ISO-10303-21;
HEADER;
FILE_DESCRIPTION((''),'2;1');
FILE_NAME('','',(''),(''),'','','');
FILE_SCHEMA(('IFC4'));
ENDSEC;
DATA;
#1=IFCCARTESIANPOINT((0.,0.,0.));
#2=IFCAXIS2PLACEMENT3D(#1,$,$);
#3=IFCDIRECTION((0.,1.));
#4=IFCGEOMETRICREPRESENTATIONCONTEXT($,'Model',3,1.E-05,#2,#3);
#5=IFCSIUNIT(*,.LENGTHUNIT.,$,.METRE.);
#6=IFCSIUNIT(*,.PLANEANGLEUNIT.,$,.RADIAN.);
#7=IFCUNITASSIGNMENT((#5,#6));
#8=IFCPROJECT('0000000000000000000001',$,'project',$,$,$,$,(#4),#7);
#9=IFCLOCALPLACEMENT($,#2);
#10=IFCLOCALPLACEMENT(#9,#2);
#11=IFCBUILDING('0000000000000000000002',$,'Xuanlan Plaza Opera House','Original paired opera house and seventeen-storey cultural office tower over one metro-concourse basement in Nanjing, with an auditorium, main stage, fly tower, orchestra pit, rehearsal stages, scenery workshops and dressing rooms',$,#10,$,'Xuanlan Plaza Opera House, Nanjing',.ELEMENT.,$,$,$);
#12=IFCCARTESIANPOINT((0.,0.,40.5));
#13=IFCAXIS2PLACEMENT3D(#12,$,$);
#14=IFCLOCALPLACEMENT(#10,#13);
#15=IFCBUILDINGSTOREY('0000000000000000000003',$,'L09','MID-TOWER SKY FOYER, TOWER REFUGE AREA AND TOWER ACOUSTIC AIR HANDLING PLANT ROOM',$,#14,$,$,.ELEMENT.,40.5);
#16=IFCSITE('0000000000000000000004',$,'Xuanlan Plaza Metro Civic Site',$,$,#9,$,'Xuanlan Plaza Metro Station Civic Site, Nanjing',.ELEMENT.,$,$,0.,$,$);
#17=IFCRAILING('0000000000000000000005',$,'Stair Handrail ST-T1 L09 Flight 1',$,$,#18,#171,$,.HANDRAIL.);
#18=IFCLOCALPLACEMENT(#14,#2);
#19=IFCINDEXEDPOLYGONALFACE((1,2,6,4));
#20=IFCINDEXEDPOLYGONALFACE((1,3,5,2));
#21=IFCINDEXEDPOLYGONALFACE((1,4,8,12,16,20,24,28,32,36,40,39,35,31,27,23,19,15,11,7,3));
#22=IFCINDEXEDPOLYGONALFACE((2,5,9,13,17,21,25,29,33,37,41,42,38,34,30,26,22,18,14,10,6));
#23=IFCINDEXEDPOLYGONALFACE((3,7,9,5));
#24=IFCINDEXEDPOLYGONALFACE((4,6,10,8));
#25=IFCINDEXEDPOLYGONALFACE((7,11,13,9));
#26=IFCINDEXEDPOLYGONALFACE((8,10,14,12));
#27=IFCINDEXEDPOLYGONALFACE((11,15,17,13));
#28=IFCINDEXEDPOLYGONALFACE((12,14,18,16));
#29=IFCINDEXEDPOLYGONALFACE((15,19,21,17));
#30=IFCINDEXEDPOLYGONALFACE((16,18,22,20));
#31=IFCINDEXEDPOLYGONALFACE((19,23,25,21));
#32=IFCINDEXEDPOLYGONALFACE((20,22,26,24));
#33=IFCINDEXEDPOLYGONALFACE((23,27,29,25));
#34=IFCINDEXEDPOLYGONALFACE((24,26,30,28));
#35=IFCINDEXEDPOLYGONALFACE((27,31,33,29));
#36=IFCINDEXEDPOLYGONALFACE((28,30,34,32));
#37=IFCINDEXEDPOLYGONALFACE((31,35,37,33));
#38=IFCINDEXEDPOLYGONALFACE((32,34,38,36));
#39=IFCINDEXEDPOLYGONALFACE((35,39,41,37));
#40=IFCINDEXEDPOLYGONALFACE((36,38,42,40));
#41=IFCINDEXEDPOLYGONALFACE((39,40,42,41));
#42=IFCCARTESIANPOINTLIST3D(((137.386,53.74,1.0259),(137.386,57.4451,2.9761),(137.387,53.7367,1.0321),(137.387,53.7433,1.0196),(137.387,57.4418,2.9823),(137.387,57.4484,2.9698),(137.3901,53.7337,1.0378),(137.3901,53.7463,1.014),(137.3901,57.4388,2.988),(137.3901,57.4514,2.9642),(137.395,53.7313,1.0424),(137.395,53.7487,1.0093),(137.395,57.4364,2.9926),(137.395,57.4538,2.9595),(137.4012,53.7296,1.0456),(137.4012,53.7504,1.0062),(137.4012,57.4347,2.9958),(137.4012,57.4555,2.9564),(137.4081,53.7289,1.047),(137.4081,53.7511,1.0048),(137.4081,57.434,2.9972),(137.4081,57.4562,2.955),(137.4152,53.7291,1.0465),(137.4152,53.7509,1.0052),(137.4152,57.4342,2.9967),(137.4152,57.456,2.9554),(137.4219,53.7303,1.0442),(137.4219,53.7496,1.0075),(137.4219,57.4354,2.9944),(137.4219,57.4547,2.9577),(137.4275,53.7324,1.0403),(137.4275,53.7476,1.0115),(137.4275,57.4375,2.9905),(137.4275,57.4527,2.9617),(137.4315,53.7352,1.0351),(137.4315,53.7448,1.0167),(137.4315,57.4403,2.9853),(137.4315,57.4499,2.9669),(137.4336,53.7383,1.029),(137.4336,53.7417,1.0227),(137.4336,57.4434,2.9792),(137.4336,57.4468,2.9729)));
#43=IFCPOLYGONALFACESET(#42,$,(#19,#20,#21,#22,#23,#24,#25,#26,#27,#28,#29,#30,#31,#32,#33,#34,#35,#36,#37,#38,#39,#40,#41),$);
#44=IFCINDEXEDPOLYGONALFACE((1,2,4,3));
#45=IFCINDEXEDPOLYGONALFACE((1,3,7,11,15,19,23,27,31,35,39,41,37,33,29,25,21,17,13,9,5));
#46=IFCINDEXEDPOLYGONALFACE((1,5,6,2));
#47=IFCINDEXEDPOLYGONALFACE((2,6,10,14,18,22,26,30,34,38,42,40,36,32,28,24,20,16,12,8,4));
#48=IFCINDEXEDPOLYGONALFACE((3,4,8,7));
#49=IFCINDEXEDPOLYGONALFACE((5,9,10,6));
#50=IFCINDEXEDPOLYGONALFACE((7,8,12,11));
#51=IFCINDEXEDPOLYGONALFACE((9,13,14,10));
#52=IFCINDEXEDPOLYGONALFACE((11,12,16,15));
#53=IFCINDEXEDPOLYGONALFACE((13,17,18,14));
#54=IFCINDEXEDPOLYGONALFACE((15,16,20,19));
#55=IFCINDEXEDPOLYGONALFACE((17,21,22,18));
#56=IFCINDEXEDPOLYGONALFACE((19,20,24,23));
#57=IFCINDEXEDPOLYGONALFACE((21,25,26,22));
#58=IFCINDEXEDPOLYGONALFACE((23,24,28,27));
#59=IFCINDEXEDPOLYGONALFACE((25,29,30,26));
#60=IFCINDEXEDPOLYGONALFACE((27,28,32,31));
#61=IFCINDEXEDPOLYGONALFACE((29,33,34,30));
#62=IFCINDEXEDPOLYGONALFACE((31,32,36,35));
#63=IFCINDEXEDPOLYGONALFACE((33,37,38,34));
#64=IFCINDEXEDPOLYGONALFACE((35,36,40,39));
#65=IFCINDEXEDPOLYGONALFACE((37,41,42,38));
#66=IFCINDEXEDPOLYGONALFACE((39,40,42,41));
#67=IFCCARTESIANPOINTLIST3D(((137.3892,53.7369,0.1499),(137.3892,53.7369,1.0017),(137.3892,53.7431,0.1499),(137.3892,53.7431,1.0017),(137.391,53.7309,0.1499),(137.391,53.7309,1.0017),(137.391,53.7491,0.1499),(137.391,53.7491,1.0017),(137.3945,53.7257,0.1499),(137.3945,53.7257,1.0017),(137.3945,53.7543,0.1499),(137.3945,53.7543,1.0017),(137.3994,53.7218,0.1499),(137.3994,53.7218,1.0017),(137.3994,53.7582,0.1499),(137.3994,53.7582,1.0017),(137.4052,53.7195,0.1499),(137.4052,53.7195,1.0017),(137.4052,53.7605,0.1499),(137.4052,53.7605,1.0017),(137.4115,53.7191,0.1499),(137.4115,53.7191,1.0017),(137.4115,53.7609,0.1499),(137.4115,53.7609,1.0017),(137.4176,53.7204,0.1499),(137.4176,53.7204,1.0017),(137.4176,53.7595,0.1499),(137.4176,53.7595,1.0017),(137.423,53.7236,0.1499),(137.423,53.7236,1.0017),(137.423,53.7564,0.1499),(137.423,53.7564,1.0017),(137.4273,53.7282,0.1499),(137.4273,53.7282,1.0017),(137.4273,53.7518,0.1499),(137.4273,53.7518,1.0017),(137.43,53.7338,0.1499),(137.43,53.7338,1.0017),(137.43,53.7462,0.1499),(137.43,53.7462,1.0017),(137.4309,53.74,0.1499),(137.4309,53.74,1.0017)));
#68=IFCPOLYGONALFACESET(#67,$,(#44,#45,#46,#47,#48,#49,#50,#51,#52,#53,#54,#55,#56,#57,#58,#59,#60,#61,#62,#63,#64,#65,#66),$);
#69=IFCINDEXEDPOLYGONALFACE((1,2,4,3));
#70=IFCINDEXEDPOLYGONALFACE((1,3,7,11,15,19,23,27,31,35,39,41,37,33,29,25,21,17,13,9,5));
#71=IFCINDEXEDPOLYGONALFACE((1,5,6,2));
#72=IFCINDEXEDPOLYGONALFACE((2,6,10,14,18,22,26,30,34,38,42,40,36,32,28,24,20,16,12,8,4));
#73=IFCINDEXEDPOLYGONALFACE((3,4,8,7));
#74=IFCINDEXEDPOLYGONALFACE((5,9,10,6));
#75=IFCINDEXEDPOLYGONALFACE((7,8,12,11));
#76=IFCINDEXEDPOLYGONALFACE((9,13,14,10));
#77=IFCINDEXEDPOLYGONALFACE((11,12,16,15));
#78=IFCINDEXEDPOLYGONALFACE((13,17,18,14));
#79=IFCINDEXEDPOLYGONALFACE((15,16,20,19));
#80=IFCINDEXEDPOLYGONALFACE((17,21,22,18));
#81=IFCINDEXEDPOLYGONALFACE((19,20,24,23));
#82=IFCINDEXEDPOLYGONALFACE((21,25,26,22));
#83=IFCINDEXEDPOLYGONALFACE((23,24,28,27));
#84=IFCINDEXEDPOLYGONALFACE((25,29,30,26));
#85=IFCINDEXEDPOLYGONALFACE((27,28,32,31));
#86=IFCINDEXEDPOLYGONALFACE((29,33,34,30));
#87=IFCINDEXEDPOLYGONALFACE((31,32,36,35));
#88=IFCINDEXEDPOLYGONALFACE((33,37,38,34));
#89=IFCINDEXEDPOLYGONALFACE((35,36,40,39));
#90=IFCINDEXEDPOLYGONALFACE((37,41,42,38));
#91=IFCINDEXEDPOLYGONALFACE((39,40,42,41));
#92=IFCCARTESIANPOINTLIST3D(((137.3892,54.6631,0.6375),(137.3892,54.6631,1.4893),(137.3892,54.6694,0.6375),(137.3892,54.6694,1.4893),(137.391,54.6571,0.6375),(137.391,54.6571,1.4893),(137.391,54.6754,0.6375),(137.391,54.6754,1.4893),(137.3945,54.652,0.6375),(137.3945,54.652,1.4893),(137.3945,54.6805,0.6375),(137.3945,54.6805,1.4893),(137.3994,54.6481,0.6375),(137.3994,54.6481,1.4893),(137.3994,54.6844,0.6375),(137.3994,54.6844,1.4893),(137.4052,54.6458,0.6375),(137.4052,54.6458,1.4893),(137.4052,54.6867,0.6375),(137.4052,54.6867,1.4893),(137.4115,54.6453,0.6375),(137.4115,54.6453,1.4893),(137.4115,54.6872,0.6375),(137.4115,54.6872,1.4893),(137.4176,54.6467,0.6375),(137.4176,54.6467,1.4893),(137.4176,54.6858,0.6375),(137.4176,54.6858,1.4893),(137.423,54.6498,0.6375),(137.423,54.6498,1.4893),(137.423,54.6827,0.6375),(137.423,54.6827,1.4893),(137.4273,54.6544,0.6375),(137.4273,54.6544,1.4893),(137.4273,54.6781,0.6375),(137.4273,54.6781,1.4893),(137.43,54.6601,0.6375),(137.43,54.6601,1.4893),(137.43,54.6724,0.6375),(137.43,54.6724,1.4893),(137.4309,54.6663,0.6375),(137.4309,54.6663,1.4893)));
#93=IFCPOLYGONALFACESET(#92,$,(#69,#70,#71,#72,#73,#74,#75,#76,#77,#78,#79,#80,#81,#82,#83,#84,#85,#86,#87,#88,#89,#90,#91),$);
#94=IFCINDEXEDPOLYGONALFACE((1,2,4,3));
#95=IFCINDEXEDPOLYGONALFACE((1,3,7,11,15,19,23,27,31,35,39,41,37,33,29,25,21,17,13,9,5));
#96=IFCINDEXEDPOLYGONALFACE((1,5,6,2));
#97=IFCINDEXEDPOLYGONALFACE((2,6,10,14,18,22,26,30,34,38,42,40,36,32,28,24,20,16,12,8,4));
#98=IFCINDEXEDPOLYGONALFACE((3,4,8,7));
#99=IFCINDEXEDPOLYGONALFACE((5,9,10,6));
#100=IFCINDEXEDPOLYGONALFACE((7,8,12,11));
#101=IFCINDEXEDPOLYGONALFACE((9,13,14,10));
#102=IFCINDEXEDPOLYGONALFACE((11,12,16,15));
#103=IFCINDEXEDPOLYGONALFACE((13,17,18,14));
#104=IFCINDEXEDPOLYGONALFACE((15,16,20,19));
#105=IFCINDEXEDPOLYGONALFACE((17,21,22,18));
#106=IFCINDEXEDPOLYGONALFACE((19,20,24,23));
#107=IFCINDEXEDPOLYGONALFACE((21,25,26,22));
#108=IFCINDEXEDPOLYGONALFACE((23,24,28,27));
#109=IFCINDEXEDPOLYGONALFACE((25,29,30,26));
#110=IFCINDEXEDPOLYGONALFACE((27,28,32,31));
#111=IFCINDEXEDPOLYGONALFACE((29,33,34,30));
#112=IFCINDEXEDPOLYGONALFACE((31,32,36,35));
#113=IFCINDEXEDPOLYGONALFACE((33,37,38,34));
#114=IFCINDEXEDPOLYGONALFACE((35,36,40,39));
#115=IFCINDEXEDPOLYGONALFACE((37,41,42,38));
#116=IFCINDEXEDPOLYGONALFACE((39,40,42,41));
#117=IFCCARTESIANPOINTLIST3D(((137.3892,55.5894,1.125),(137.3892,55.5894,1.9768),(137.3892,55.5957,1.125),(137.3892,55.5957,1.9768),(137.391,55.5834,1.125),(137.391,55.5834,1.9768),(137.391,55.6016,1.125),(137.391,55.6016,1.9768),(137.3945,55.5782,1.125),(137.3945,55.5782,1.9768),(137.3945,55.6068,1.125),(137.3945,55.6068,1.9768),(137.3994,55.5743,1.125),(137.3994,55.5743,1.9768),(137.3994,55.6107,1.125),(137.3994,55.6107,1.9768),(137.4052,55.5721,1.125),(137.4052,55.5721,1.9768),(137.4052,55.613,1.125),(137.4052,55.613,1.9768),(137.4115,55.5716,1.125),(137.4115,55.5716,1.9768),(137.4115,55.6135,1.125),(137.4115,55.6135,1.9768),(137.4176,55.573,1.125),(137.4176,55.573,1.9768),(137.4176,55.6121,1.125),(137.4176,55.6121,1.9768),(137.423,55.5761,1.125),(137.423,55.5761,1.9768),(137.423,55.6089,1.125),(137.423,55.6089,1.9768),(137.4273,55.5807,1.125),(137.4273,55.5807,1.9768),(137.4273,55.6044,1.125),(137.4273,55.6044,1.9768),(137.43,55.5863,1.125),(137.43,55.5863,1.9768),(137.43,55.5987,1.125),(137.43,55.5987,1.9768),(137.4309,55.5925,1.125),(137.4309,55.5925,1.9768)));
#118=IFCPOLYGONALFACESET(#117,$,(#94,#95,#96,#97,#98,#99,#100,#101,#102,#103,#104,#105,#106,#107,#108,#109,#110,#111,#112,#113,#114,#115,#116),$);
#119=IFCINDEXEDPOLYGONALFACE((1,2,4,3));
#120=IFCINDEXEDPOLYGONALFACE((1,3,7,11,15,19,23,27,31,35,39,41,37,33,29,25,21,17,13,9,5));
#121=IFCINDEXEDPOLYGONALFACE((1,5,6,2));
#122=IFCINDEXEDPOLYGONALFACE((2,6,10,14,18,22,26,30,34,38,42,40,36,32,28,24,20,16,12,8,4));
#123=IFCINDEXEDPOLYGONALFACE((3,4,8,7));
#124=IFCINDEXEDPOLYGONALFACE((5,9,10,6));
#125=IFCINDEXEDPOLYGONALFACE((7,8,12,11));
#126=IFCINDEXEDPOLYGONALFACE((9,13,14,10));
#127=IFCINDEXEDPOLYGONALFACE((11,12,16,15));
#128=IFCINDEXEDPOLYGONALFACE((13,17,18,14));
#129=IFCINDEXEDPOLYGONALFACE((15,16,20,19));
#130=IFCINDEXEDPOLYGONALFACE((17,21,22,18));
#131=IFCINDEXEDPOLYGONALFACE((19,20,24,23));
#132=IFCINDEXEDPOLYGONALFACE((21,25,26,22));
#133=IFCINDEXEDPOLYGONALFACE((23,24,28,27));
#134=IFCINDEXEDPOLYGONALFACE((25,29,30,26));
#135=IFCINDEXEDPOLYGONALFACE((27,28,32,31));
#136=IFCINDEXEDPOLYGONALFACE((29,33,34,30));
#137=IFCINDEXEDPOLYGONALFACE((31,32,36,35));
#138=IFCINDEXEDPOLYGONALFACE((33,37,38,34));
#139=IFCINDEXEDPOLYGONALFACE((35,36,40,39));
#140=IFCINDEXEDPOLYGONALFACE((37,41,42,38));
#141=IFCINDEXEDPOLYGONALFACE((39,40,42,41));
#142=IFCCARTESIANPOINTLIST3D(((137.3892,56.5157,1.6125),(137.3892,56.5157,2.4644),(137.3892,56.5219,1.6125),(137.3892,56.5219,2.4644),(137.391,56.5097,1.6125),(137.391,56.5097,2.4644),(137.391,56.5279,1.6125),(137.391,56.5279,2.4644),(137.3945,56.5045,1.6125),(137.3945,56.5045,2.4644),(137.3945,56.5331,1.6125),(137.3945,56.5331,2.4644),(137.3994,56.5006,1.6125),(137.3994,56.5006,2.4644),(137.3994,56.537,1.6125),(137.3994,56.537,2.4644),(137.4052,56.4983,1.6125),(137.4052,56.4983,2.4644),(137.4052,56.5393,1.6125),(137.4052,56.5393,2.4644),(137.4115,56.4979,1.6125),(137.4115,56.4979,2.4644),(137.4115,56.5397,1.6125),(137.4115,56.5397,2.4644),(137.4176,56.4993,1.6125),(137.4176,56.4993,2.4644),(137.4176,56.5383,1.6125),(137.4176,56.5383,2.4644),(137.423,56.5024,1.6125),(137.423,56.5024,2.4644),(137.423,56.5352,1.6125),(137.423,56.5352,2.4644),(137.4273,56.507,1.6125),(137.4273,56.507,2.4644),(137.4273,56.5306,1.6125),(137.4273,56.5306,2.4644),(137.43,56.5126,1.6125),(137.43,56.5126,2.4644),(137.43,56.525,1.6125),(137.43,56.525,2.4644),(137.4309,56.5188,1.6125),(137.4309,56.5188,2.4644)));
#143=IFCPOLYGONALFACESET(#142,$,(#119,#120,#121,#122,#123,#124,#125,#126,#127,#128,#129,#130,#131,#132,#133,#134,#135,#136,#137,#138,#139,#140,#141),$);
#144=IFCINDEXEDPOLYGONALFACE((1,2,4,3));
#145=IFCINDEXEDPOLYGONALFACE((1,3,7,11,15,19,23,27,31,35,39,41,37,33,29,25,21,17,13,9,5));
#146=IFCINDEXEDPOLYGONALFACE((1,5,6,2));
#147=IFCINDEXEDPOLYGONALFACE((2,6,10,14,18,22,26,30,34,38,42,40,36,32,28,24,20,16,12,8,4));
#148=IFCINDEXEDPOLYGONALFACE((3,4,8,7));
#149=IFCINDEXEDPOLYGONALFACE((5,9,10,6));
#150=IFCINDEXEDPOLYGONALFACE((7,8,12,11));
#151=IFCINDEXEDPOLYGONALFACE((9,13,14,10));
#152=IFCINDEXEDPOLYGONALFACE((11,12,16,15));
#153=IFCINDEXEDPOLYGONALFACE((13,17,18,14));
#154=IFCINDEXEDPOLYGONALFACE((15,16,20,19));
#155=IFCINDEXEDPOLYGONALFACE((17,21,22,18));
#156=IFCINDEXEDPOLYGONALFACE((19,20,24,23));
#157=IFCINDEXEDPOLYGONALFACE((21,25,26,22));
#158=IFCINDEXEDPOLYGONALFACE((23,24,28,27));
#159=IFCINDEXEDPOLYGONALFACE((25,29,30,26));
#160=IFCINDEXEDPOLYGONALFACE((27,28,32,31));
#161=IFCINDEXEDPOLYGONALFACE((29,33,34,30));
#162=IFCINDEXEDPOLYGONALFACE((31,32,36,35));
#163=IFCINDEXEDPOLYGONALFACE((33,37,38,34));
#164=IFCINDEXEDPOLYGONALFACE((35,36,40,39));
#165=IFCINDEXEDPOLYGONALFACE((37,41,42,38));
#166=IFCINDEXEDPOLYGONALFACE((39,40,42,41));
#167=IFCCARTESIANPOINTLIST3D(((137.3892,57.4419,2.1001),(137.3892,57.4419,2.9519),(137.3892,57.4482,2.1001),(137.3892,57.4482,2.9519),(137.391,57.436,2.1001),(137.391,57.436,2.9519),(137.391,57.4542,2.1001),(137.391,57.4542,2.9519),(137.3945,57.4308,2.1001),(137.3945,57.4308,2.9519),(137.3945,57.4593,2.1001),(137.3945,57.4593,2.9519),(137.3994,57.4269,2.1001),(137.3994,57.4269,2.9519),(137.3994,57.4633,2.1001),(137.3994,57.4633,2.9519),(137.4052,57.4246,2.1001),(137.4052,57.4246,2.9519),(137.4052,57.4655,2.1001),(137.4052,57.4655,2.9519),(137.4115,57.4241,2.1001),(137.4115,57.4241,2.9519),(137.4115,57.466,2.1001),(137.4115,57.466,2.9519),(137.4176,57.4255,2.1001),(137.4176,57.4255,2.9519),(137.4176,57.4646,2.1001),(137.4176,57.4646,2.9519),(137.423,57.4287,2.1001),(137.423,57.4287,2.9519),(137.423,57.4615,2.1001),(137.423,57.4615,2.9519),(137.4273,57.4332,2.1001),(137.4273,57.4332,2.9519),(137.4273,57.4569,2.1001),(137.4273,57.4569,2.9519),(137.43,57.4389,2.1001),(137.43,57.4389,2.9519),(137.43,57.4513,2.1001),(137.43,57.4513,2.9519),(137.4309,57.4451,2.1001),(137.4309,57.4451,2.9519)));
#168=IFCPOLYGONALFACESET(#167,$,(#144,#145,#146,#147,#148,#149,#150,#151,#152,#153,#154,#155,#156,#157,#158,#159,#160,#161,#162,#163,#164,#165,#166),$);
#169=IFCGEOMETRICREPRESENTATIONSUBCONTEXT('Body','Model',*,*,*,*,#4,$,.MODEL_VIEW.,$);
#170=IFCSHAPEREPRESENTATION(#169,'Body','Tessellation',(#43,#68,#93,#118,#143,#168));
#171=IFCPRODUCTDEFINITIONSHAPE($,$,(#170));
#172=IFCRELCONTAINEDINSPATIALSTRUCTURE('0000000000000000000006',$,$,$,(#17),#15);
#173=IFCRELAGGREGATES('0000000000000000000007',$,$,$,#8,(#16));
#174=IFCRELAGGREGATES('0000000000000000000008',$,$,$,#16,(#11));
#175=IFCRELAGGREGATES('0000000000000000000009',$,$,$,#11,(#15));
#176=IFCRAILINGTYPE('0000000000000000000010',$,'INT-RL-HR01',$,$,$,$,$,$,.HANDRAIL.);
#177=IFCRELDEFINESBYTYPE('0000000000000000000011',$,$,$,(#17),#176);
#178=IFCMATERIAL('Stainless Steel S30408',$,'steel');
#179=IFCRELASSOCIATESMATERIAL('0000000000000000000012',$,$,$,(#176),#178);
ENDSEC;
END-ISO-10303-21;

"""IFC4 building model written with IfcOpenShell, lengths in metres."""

from ifc_helpers import new_model, si_unit, direction, frame, origin, origin_2d, place, context, subcontext, project, spatial, circle, extrude, material, type_object, element, save


model = new_model("IFC4")

# Units and contexts
model_context = context("Model", 3, precision=1e-05, world=origin(), true_north=direction((0.0, 1.0)))
body_context = subcontext(model_context, "Body", "Model", "MODEL_VIEW")
ifc_project = project(units=[si_unit("LENGTHUNIT", "METRE"), si_unit("PLANEANGLEUNIT", "RADIAN")], contexts=[model_context])

# Site, building, storey
site_placement = place(None, origin())
site = spatial("IfcSite", under=ifc_project, at=site_placement, Name="Xuanlan Plaza Metro Civic Site", LongName="Xuanlan Plaza Metro Station Civic Site, Nanjing", CompositionType="ELEMENT", RefElevation=0.0)
building_placement = place(site_placement, origin())
building = spatial("IfcBuilding", under=site, at=building_placement, Name="Xuanlan Plaza Opera House", Description="Original paired opera house and seventeen-storey cultural office tower over one metro-concourse basement in Nanjing, with an auditorium, main stage, fly tower, orchestra pit, rehearsal stages, scenery workshops and dressing rooms", LongName="Xuanlan Plaza Opera House, Nanjing", CompositionType="ELEMENT")
storey_placement = place(building_placement, frame((0.0, 0.0, 40.5)))
storey = spatial("IfcBuildingStorey", under=building, at=storey_placement, Name="L09", Description="MID-TOWER SKY FOYER, TOWER REFUGE AREA AND TOWER ACOUSTIC AIR HANDLING PLANT ROOM", CompositionType="ELEMENT", Elevation=40.5)

# Shared definitions
ifc_material_1 = material(Name="Stainless Steel S30408", Category="steel")

# Railing
railing_type = type_object("IfcRailingType", Name="INT-RL-HR01", PredefinedType="HANDRAIL", material=ifc_material_1)
railing_placement = place(storey_placement, frame((137.4099, 53.74, 0.1499)))
element("IfcRailing", 1, at=railing_placement, inside=storey, type_object=railing_type, Name="Stair Handrail ST-T1 L09 Flight 1", PredefinedType="HANDRAIL", context=body_context, shape_type="SweptSolid", body=[
    extrude(circle(Radius=0.0239, at=origin_2d()), frame((0.0, 0.0, 0.876), z_axis=(0.0, 0.884903, 0.465775), x_axis=(-1.0, 0.0, 0.0)), (0.0, 0.0, 1.0), 4.187),
    extrude(circle(Radius=0.021, at=origin_2d()), origin(), (0.0, 0.0, 1.0), 0.8518),
    extrude(circle(Radius=0.021, at=origin_2d()), frame((0.0, 0.9263, 0.4875)), (0.0, 0.0, 1.0), 0.8518),
    extrude(circle(Radius=0.021, at=origin_2d()), frame((0.0, 1.8525, 0.9751)), (0.0, 0.0, 1.0), 0.8518),
    extrude(circle(Radius=0.021, at=origin_2d()), frame((0.0, 2.7788, 1.4626)), (0.0, 0.0, 1.0), 0.8518),
    extrude(circle(Radius=0.021, at=origin_2d()), frame((0.0, 3.7051, 1.9502)), (0.0, 0.0, 1.0), 0.8518),
])

save(model, "model.ifc")
